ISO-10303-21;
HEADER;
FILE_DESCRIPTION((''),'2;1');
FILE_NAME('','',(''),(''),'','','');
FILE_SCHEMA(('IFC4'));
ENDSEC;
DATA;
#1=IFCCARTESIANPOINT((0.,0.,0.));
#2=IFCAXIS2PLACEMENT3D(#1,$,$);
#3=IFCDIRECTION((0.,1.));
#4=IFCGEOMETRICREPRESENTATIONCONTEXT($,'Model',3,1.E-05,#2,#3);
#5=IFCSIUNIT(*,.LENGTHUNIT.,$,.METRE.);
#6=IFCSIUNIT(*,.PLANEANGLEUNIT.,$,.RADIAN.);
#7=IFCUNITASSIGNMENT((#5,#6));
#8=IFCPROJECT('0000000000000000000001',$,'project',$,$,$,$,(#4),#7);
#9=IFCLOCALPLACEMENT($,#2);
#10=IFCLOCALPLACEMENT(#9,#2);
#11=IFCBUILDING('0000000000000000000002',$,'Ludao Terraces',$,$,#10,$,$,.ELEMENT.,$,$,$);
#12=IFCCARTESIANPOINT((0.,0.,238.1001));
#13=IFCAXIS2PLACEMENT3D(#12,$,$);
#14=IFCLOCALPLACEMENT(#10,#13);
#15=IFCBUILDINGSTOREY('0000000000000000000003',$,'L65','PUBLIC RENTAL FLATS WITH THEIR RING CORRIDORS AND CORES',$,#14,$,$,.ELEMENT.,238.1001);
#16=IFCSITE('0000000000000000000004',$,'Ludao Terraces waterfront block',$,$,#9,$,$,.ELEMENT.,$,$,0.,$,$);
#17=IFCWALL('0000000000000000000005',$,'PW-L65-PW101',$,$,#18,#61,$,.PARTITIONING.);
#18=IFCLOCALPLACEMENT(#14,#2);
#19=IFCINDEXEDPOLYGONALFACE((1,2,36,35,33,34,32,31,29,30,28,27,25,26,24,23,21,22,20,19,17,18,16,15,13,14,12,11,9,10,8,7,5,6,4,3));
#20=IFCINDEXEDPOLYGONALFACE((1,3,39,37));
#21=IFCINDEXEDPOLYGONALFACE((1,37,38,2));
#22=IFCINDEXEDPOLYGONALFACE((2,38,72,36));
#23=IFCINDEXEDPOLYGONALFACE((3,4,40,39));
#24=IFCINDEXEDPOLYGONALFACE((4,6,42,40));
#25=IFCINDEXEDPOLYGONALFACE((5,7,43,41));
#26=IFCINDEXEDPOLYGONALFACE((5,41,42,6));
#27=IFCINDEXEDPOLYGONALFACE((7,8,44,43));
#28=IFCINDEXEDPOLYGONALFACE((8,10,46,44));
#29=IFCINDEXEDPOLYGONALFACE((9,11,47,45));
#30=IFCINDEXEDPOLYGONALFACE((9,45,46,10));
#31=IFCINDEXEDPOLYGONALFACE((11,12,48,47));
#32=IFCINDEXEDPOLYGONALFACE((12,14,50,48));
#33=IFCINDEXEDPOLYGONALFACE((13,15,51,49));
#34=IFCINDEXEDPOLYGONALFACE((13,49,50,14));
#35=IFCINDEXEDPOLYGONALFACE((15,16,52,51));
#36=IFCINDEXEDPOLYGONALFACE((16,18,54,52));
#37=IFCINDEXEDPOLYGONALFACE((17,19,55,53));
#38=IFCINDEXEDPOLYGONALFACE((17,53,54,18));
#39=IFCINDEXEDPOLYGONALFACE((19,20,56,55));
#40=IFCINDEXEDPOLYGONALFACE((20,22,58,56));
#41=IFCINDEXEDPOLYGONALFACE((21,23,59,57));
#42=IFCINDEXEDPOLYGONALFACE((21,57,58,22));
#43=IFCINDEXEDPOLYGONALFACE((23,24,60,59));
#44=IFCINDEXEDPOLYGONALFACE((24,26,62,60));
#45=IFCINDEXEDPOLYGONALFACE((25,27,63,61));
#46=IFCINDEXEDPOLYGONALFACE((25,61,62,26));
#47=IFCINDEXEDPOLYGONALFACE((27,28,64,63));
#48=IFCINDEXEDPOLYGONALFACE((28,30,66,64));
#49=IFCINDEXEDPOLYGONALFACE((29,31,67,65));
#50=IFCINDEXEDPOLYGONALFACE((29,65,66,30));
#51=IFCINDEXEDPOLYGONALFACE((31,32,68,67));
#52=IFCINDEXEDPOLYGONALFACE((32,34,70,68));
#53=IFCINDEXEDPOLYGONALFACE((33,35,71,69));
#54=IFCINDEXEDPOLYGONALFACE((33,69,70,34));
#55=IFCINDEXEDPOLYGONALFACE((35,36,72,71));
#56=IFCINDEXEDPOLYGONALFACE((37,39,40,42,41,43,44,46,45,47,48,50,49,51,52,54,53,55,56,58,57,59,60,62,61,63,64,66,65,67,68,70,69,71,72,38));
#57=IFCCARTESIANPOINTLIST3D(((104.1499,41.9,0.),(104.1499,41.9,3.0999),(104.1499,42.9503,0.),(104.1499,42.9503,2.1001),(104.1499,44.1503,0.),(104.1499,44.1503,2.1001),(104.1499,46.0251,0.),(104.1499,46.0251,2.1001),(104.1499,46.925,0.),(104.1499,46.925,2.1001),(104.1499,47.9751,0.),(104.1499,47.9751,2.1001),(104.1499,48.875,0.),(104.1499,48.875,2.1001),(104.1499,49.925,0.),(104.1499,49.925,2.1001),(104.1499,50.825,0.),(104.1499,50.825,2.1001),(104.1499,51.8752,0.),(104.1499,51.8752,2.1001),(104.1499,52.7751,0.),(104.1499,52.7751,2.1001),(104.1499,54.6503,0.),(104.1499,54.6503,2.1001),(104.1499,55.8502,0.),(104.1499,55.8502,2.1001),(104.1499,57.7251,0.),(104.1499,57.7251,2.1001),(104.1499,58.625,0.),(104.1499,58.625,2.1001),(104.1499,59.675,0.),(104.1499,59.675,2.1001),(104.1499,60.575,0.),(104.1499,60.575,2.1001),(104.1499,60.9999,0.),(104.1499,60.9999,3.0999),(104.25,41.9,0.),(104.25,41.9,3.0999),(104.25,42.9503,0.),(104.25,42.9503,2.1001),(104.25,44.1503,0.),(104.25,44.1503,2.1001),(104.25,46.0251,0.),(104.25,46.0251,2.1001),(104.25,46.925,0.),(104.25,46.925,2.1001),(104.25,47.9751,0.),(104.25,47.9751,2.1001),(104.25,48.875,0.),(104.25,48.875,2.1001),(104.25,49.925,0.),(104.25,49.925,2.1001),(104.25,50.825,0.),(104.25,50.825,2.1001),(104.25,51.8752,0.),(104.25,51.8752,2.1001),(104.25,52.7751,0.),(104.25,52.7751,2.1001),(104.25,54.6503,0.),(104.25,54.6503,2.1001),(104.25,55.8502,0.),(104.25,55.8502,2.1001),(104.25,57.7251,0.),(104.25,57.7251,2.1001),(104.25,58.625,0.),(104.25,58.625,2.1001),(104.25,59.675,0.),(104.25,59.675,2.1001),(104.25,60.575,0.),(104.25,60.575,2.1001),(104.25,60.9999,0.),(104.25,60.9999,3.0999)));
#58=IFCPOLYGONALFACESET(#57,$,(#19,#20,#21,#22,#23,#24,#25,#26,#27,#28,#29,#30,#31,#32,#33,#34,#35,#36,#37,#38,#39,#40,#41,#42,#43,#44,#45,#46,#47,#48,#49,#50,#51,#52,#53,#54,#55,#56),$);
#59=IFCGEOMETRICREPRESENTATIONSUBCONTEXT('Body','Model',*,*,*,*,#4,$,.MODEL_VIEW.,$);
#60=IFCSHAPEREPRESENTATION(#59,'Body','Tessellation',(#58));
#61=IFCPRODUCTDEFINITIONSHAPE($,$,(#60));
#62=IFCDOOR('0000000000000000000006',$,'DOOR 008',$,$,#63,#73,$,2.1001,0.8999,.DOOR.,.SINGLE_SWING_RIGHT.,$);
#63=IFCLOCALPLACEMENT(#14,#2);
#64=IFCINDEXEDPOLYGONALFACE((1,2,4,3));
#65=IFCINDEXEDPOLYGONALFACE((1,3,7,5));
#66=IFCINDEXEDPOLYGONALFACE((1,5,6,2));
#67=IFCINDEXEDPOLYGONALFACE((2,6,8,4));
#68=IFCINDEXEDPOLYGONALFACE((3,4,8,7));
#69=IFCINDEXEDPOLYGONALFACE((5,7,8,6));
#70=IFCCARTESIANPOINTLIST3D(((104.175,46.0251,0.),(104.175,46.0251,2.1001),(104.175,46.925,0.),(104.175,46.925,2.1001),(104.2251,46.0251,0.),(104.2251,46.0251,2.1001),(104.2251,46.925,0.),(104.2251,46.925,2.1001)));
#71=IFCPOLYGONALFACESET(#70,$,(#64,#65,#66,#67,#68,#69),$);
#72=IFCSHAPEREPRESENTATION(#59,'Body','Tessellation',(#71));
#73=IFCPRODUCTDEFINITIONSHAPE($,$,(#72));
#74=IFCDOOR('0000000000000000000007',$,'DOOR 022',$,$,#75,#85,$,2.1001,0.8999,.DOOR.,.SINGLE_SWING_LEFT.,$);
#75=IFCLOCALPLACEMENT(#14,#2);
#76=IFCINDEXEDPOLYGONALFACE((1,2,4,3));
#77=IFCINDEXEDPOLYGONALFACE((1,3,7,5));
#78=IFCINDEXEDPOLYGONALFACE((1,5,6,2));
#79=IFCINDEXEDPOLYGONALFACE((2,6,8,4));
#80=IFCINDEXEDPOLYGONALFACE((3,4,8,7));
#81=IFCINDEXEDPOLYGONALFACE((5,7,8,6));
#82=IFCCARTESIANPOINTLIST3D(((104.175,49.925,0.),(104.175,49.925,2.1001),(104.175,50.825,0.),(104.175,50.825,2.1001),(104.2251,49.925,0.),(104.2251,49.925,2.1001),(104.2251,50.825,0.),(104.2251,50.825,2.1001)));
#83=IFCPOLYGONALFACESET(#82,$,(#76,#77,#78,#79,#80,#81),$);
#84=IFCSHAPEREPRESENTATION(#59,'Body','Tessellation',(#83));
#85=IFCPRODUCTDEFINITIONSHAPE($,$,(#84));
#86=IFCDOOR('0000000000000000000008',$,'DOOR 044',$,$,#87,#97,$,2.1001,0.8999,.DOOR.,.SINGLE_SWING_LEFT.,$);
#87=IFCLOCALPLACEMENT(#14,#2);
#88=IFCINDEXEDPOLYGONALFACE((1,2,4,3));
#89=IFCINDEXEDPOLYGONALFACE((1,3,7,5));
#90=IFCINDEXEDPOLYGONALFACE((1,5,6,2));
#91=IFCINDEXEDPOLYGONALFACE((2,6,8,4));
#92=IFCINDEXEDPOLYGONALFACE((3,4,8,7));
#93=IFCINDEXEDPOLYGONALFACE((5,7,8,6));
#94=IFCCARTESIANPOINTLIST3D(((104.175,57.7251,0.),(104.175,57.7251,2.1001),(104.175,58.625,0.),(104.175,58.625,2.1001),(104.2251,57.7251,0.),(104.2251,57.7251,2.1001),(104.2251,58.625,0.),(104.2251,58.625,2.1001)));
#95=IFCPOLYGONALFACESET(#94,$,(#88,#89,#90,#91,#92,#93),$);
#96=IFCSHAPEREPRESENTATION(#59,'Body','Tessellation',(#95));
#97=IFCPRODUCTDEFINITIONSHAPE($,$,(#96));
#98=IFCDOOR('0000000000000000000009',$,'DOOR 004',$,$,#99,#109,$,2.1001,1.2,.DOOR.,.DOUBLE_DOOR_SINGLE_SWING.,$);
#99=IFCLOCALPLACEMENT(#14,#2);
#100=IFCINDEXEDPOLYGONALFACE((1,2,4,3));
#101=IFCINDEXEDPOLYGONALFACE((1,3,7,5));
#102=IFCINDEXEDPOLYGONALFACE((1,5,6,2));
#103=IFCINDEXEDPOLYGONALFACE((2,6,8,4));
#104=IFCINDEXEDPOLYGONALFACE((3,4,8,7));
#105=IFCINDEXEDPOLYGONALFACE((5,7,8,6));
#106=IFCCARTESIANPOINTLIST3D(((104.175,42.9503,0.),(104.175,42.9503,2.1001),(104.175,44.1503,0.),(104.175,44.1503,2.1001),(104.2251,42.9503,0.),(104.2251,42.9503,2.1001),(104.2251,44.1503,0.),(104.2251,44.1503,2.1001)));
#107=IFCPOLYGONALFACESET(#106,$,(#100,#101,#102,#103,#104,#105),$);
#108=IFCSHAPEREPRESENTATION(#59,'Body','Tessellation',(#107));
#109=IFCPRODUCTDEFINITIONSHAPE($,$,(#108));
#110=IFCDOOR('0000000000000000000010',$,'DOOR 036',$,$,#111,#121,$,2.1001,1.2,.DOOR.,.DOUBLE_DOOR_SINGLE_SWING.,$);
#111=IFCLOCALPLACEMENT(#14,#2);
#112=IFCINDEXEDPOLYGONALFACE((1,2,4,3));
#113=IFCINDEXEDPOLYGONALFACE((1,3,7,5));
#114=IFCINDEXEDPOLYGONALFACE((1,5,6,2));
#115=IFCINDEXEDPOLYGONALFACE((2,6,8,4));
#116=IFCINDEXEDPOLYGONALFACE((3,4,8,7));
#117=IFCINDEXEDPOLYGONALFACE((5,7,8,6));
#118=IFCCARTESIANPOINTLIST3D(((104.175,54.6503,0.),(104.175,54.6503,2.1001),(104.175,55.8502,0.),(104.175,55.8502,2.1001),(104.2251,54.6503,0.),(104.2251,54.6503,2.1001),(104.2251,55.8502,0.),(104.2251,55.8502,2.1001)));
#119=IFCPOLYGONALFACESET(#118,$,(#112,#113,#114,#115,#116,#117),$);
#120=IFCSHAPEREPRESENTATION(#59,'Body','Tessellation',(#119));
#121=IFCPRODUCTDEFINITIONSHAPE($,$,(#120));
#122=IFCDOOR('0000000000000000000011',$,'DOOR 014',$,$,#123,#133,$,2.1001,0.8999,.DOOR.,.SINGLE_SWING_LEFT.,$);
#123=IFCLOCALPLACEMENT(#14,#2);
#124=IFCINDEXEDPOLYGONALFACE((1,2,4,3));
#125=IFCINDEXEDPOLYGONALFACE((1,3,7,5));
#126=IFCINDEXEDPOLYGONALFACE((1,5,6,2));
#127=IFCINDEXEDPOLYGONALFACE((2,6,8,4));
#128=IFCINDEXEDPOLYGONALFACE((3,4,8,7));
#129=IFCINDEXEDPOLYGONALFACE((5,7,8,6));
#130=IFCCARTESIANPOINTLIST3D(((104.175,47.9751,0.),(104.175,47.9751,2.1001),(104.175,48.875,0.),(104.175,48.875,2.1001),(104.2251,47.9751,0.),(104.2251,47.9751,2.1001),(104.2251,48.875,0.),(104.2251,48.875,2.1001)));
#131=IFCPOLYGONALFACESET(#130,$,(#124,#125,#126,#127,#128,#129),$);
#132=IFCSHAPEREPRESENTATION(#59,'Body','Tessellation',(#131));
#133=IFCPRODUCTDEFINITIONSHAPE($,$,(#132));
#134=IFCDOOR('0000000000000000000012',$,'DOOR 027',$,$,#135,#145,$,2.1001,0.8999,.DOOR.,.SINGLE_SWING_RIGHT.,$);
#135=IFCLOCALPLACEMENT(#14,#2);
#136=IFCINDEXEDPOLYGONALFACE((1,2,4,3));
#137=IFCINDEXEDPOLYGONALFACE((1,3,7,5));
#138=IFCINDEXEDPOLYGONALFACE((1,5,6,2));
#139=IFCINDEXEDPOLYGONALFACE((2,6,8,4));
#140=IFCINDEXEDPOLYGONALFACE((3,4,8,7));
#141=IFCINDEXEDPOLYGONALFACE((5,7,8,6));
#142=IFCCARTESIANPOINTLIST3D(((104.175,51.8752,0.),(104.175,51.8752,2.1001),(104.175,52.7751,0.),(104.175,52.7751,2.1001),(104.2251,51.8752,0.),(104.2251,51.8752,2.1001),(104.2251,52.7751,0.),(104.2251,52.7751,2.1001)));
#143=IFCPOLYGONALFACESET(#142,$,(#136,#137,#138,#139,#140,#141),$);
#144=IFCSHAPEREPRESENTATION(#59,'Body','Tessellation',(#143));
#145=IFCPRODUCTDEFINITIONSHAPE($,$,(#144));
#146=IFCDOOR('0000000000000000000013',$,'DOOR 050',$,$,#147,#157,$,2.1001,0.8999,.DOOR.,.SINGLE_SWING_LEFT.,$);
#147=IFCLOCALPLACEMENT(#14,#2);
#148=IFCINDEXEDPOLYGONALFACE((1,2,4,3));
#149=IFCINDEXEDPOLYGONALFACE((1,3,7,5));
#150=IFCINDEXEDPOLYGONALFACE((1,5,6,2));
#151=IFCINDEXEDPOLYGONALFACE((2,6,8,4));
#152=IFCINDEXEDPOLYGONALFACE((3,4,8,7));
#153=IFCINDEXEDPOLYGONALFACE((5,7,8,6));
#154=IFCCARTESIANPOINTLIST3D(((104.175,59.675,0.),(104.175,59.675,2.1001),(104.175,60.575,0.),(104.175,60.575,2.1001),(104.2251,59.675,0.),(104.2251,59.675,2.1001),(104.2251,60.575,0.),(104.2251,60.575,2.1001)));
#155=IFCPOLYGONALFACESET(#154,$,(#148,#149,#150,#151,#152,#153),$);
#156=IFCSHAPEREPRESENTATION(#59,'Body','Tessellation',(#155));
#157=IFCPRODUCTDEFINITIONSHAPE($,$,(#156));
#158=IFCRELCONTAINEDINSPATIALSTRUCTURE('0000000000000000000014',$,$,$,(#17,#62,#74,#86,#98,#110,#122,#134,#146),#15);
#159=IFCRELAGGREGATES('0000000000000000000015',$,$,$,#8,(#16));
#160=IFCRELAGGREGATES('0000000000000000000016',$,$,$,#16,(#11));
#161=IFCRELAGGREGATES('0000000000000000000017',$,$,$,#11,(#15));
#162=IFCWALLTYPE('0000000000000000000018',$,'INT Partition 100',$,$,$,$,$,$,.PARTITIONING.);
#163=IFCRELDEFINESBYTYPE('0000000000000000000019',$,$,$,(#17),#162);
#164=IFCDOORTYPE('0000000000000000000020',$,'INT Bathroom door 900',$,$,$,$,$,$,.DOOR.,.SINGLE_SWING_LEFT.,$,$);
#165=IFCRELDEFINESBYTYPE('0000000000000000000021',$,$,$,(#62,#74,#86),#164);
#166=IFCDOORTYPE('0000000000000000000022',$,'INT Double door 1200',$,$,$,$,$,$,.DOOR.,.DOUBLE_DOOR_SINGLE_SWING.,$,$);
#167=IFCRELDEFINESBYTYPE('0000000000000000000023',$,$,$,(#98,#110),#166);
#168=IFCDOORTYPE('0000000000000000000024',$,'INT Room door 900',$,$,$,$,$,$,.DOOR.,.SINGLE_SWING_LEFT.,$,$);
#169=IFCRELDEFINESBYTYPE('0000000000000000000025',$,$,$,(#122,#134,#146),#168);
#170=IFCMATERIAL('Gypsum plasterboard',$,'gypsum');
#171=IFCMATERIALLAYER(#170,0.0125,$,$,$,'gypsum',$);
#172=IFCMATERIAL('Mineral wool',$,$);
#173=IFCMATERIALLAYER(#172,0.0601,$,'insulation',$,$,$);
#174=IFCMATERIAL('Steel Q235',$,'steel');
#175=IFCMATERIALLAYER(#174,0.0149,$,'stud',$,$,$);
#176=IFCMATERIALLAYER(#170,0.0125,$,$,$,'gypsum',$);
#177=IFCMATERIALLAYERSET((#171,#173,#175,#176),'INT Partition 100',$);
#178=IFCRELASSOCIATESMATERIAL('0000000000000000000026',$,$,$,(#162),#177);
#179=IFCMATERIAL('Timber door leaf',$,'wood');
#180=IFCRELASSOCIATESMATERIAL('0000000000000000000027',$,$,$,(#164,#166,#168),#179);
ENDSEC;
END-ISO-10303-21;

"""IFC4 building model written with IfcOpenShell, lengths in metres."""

from ifc_helpers import new_model, si_unit, direction, frame, frame_2d, origin, place, context, subcontext, project, spatial, rectangle, extrude, material, layer, layer_set, type_object, element, fill, save


model = new_model("IFC4")

# Units and contexts
model_context = context("Model", 3, precision=1e-05, world=origin(), true_north=direction((0.0, 1.0)))
body_context = subcontext(model_context, "Body", "Model", "MODEL_VIEW")
ifc_project = project(units=[si_unit("LENGTHUNIT", "METRE"), si_unit("PLANEANGLEUNIT", "RADIAN")], contexts=[model_context])

# Site, building, storey
site_placement = place(None, origin())
site = spatial("IfcSite", under=ifc_project, at=site_placement, Name="Ludao Terraces waterfront block", CompositionType="ELEMENT", RefElevation=0.0)
building_placement = place(site_placement, origin())
building = spatial("IfcBuilding", under=site, at=building_placement, Name="Ludao Terraces", CompositionType="ELEMENT")
storey_placement = place(building_placement, frame((0.0, 0.0, 238.1001)))
storey = spatial("IfcBuildingStorey", under=building, at=storey_placement, Name="L65", Description="PUBLIC RENTAL FLATS WITH THEIR RING CORRIDORS AND CORES", CompositionType="ELEMENT", Elevation=238.1001)

# Wall, openings, doors
ifc_material_1 = material(Name="Gypsum plasterboard", Category="gypsum")
ifc_layer_1 = layer(ifc_material_1, 0.0125, Category="gypsum")
ifc_material_2 = material(Name="Mineral wool")
ifc_layer_2 = layer(ifc_material_2, 0.0601, Name="insulation")
ifc_material_3 = material(Name="Steel Q235", Category="steel")
ifc_layer_3 = layer(ifc_material_3, 0.0149, Name="stud")
ifc_layer_4 = layer(ifc_material_1, 0.0125, Category="gypsum")
ifc_layer_set = layer_set([ifc_layer_1, ifc_layer_2, ifc_layer_3, ifc_layer_4], Name="INT Partition 100")
wall_type = type_object("IfcWallType", Name="INT Partition 100", PredefinedType="PARTITIONING", material=ifc_layer_set)
wall_placement = place(storey_placement, frame((104.2, 41.9001, 0.0), z_axis=(0.0, 0.0, 1.0), x_axis=(0.0, 1.0, 0.0)))
wall = element("IfcWall", 1, at=wall_placement, inside=storey, type_object=wall_type, Name="PW-L65-PW101", PredefinedType="PARTITIONING", context=body_context, shape_type="SweptSolid", body=[
    extrude(rectangle(XDim=19.0999, YDim=0.1001, at=frame_2d((9.5498, 0.0))), origin(), (0.0, 0.0, 1.0), 3.0999),
])
opening_1_placement = place(wall_placement, frame((1.05, 0.0, 0.0)))
opening_1 = element("IfcOpeningElement", 2, at=opening_1_placement, cuts=wall, PredefinedType="OPENING", context=body_context, shape_type="SweptSolid", body=[
    extrude(rectangle(XDim=1.2, YDim=2.1001, at=frame_2d((0.6001, 1.05))), frame((0.0, 0.0601, 0.0), z_axis=(0.0, -1.0, 0.0), x_axis=(1.0, 0.0, 0.0)), (0.0, 0.0, 1.0), 0.1201),
])
opening_2_placement = place(wall_placement, frame((4.125, 0.0, 0.0)))
opening_2 = element("IfcOpeningElement", 3, at=opening_2_placement, cuts=wall, PredefinedType="OPENING", context=body_context, shape_type="SweptSolid", body=[
    extrude(rectangle(XDim=0.8999, YDim=2.1001, at=frame_2d((0.45, 1.05))), frame((0.0, 0.0601, 0.0), z_axis=(0.0, -1.0, 0.0), x_axis=(1.0, 0.0, 0.0)), (0.0, 0.0, 1.0), 0.1201),
])
opening_3_placement = place(wall_placement, frame((6.075, 0.0, 0.0)))
opening_3 = element("IfcOpeningElement", 4, at=opening_3_placement, cuts=wall, PredefinedType="OPENING", context=body_context, shape_type="SweptSolid", body=[
    extrude(rectangle(XDim=0.8999, YDim=2.1001, at=frame_2d((0.45, 1.05))), frame((0.0, 0.0601, 0.0), z_axis=(0.0, -1.0, 0.0), x_axis=(1.0, 0.0, 0.0)), (0.0, 0.0, 1.0), 0.1201),
])
opening_4_placement = place(wall_placement, frame((8.0249, 0.0, 0.0)))
opening_4 = element("IfcOpeningElement", 5, at=opening_4_placement, cuts=wall, PredefinedType="OPENING", context=body_context, shape_type="SweptSolid", body=[
    extrude(rectangle(XDim=0.8999, YDim=2.1001, at=frame_2d((0.45, 1.05))), frame((0.0, 0.0601, 0.0), z_axis=(0.0, -1.0, 0.0), x_axis=(1.0, 0.0, 0.0)), (0.0, 0.0, 1.0), 0.1201),
])
opening_5_placement = place(wall_placement, frame((9.9751, 0.0, 0.0)))
opening_5 = element("IfcOpeningElement", 6, at=opening_5_placement, cuts=wall, PredefinedType="OPENING", context=body_context, shape_type="SweptSolid", body=[
    extrude(rectangle(XDim=0.8999, YDim=2.1001, at=frame_2d((0.45, 1.05))), frame((0.0, 0.0601, 0.0), z_axis=(0.0, -1.0, 0.0), x_axis=(1.0, 0.0, 0.0)), (0.0, 0.0, 1.0), 0.1201),
])
opening_6_placement = place(wall_placement, frame((12.75, 0.0, 0.0)))
opening_6 = element("IfcOpeningElement", 7, at=opening_6_placement, cuts=wall, PredefinedType="OPENING", context=body_context, shape_type="SweptSolid", body=[
    extrude(rectangle(XDim=1.2, YDim=2.1001, at=frame_2d((0.6001, 1.05))), frame((0.0, 0.0601, 0.0), z_axis=(0.0, -1.0, 0.0), x_axis=(1.0, 0.0, 0.0)), (0.0, 0.0, 1.0), 0.1201),
])
opening_7_placement = place(wall_placement, frame((15.825, 0.0, 0.0)))
opening_7 = element("IfcOpeningElement", 8, at=opening_7_placement, cuts=wall, PredefinedType="OPENING", context=body_context, shape_type="SweptSolid", body=[
    extrude(rectangle(XDim=0.8999, YDim=2.1001, at=frame_2d((0.45, 1.05))), frame((0.0, 0.0601, 0.0), z_axis=(0.0, -1.0, 0.0), x_axis=(1.0, 0.0, 0.0)), (0.0, 0.0, 1.0), 0.1201),
])
opening_8_placement = place(wall_placement, frame((17.7749, 0.0, 0.0)))
opening_8 = element("IfcOpeningElement", 9, at=opening_8_placement, cuts=wall, PredefinedType="OPENING", context=body_context, shape_type="SweptSolid", body=[
    extrude(rectangle(XDim=0.8999, YDim=2.1001, at=frame_2d((0.45, 1.05))), frame((0.0, 0.0601, 0.0), z_axis=(0.0, -1.0, 0.0), x_axis=(1.0, 0.0, 0.0)), (0.0, 0.0, 1.0), 0.1201),
])
ifc_material_4 = material(Name="Timber door leaf", Category="wood")
door_type_1 = type_object("IfcDoorType", Name="INT Bathroom door 900", OperationType="SINGLE_SWING_LEFT", PredefinedType="DOOR", material=ifc_material_4)
door_1_placement = place(opening_2_placement, origin())
door_1 = element("IfcDoor", 10, at=door_1_placement, inside=storey, type_object=door_type_1, Name="DOOR 008", OperationType="SINGLE_SWING_RIGHT", OverallHeight=2.1001, OverallWidth=0.8999, PredefinedType="DOOR", context=body_context, shape_type="SweptSolid", body=[
    extrude(rectangle(XDim=0.8999, YDim=2.1001, at=frame_2d((0.45, 1.05))), frame((0.0, 0.0249, 0.0), z_axis=(0.0, -1.0, 0.0), x_axis=(1.0, 0.0, 0.0)), (0.0, 0.0, 1.0), 0.05),
])
fill(opening_2, door_1)
door_2_placement = place(opening_4_placement, origin())
door_2 = element("IfcDoor", 11, at=door_2_placement, inside=storey, type_object=door_type_1, Name="DOOR 022", OperationType="SINGLE_SWING_LEFT", OverallHeight=2.1001, OverallWidth=0.8999, PredefinedType="DOOR", context=body_context, shape_type="SweptSolid", body=[
    extrude(rectangle(XDim=0.8999, YDim=2.1001, at=frame_2d((0.45, 1.05))), frame((0.0, 0.0249, 0.0), z_axis=(0.0, -1.0, 0.0), x_axis=(1.0, 0.0, 0.0)), (0.0, 0.0, 1.0), 0.05),
])
fill(opening_4, door_2)
door_3_placement = place(opening_7_placement, origin())
door_3 = element("IfcDoor", 12, at=door_3_placement, inside=storey, type_object=door_type_1, Name="DOOR 044", OperationType="SINGLE_SWING_LEFT", OverallHeight=2.1001, OverallWidth=0.8999, PredefinedType="DOOR", context=body_context, shape_type="SweptSolid", body=[
    extrude(rectangle(XDim=0.8999, YDim=2.1001, at=frame_2d((0.45, 1.05))), frame((0.0, 0.0249, 0.0), z_axis=(0.0, -1.0, 0.0), x_axis=(1.0, 0.0, 0.0)), (0.0, 0.0, 1.0), 0.05),
])
fill(opening_7, door_3)
door_type_2 = type_object("IfcDoorType", Name="INT Double door 1200", OperationType="DOUBLE_DOOR_SINGLE_SWING", PredefinedType="DOOR", material=ifc_material_4)
door_4_placement = place(opening_1_placement, origin())
door_4 = element("IfcDoor", 13, at=door_4_placement, inside=storey, type_object=door_type_2, Name="DOOR 004", OperationType="DOUBLE_DOOR_SINGLE_SWING", OverallHeight=2.1001, OverallWidth=1.2, PredefinedType="DOOR", context=body_context, shape_type="SweptSolid", body=[
    extrude(rectangle(XDim=1.2, YDim=2.1001, at=frame_2d((0.6001, 1.05))), frame((0.0, 0.0249, 0.0), z_axis=(0.0, -1.0, 0.0), x_axis=(1.0, 0.0, 0.0)), (0.0, 0.0, 1.0), 0.05),
])
fill(opening_1, door_4)
door_5_placement = place(opening_6_placement, origin())
door_5 = element("IfcDoor", 14, at=door_5_placement, inside=storey, type_object=door_type_2, Name="DOOR 036", OperationType="DOUBLE_DOOR_SINGLE_SWING", OverallHeight=2.1001, OverallWidth=1.2, PredefinedType="DOOR", context=body_context, shape_type="SweptSolid", body=[
    extrude(rectangle(XDim=1.2, YDim=2.1001, at=frame_2d((0.6001, 1.05))), frame((0.0, 0.0249, 0.0), z_axis=(0.0, -1.0, 0.0), x_axis=(1.0, 0.0, 0.0)), (0.0, 0.0, 1.0), 0.05),
])
fill(opening_6, door_5)
door_type_3 = type_object("IfcDoorType", Name="INT Room door 900", OperationType="SINGLE_SWING_LEFT", PredefinedType="DOOR", material=ifc_material_4)
door_6_placement = place(opening_3_placement, origin())
door_6 = element("IfcDoor", 15, at=door_6_placement, inside=storey, type_object=door_type_3, Name="DOOR 014", OperationType="SINGLE_SWING_LEFT", OverallHeight=2.1001, OverallWidth=0.8999, PredefinedType="DOOR", context=body_context, shape_type="SweptSolid", body=[
    extrude(rectangle(XDim=0.8999, YDim=2.1001, at=frame_2d((0.45, 1.05))), frame((0.0, 0.0249, 0.0), z_axis=(0.0, -1.0, 0.0), x_axis=(1.0, 0.0, 0.0)), (0.0, 0.0, 1.0), 0.05),
])
fill(opening_3, door_6)
door_7_placement = place(opening_5_placement, origin())
door_7 = element("IfcDoor", 16, at=door_7_placement, inside=storey, type_object=door_type_3, Name="DOOR 027", OperationType="SINGLE_SWING_RIGHT", OverallHeight=2.1001, OverallWidth=0.8999, PredefinedType="DOOR", context=body_context, shape_type="SweptSolid", body=[
    extrude(rectangle(XDim=0.8999, YDim=2.1001, at=frame_2d((0.45, 1.05))), frame((0.0, 0.0249, 0.0), z_axis=(0.0, -1.0, 0.0), x_axis=(1.0, 0.0, 0.0)), (0.0, 0.0, 1.0), 0.05),
])
fill(opening_5, door_7)
door_8_placement = place(opening_8_placement, origin())
door_8 = element("IfcDoor", 17, at=door_8_placement, inside=storey, type_object=door_type_3, Name="DOOR 050", OperationType="SINGLE_SWING_LEFT", OverallHeight=2.1001, OverallWidth=0.8999, PredefinedType="DOOR", context=body_context, shape_type="SweptSolid", body=[
    extrude(rectangle(XDim=0.8999, YDim=2.1001, at=frame_2d((0.45, 1.05))), frame((0.0, 0.0249, 0.0), z_axis=(0.0, -1.0, 0.0), x_axis=(1.0, 0.0, 0.0)), (0.0, 0.0, 1.0), 0.05),
])
fill(opening_8, door_8)

save(model, "model.ifc")
